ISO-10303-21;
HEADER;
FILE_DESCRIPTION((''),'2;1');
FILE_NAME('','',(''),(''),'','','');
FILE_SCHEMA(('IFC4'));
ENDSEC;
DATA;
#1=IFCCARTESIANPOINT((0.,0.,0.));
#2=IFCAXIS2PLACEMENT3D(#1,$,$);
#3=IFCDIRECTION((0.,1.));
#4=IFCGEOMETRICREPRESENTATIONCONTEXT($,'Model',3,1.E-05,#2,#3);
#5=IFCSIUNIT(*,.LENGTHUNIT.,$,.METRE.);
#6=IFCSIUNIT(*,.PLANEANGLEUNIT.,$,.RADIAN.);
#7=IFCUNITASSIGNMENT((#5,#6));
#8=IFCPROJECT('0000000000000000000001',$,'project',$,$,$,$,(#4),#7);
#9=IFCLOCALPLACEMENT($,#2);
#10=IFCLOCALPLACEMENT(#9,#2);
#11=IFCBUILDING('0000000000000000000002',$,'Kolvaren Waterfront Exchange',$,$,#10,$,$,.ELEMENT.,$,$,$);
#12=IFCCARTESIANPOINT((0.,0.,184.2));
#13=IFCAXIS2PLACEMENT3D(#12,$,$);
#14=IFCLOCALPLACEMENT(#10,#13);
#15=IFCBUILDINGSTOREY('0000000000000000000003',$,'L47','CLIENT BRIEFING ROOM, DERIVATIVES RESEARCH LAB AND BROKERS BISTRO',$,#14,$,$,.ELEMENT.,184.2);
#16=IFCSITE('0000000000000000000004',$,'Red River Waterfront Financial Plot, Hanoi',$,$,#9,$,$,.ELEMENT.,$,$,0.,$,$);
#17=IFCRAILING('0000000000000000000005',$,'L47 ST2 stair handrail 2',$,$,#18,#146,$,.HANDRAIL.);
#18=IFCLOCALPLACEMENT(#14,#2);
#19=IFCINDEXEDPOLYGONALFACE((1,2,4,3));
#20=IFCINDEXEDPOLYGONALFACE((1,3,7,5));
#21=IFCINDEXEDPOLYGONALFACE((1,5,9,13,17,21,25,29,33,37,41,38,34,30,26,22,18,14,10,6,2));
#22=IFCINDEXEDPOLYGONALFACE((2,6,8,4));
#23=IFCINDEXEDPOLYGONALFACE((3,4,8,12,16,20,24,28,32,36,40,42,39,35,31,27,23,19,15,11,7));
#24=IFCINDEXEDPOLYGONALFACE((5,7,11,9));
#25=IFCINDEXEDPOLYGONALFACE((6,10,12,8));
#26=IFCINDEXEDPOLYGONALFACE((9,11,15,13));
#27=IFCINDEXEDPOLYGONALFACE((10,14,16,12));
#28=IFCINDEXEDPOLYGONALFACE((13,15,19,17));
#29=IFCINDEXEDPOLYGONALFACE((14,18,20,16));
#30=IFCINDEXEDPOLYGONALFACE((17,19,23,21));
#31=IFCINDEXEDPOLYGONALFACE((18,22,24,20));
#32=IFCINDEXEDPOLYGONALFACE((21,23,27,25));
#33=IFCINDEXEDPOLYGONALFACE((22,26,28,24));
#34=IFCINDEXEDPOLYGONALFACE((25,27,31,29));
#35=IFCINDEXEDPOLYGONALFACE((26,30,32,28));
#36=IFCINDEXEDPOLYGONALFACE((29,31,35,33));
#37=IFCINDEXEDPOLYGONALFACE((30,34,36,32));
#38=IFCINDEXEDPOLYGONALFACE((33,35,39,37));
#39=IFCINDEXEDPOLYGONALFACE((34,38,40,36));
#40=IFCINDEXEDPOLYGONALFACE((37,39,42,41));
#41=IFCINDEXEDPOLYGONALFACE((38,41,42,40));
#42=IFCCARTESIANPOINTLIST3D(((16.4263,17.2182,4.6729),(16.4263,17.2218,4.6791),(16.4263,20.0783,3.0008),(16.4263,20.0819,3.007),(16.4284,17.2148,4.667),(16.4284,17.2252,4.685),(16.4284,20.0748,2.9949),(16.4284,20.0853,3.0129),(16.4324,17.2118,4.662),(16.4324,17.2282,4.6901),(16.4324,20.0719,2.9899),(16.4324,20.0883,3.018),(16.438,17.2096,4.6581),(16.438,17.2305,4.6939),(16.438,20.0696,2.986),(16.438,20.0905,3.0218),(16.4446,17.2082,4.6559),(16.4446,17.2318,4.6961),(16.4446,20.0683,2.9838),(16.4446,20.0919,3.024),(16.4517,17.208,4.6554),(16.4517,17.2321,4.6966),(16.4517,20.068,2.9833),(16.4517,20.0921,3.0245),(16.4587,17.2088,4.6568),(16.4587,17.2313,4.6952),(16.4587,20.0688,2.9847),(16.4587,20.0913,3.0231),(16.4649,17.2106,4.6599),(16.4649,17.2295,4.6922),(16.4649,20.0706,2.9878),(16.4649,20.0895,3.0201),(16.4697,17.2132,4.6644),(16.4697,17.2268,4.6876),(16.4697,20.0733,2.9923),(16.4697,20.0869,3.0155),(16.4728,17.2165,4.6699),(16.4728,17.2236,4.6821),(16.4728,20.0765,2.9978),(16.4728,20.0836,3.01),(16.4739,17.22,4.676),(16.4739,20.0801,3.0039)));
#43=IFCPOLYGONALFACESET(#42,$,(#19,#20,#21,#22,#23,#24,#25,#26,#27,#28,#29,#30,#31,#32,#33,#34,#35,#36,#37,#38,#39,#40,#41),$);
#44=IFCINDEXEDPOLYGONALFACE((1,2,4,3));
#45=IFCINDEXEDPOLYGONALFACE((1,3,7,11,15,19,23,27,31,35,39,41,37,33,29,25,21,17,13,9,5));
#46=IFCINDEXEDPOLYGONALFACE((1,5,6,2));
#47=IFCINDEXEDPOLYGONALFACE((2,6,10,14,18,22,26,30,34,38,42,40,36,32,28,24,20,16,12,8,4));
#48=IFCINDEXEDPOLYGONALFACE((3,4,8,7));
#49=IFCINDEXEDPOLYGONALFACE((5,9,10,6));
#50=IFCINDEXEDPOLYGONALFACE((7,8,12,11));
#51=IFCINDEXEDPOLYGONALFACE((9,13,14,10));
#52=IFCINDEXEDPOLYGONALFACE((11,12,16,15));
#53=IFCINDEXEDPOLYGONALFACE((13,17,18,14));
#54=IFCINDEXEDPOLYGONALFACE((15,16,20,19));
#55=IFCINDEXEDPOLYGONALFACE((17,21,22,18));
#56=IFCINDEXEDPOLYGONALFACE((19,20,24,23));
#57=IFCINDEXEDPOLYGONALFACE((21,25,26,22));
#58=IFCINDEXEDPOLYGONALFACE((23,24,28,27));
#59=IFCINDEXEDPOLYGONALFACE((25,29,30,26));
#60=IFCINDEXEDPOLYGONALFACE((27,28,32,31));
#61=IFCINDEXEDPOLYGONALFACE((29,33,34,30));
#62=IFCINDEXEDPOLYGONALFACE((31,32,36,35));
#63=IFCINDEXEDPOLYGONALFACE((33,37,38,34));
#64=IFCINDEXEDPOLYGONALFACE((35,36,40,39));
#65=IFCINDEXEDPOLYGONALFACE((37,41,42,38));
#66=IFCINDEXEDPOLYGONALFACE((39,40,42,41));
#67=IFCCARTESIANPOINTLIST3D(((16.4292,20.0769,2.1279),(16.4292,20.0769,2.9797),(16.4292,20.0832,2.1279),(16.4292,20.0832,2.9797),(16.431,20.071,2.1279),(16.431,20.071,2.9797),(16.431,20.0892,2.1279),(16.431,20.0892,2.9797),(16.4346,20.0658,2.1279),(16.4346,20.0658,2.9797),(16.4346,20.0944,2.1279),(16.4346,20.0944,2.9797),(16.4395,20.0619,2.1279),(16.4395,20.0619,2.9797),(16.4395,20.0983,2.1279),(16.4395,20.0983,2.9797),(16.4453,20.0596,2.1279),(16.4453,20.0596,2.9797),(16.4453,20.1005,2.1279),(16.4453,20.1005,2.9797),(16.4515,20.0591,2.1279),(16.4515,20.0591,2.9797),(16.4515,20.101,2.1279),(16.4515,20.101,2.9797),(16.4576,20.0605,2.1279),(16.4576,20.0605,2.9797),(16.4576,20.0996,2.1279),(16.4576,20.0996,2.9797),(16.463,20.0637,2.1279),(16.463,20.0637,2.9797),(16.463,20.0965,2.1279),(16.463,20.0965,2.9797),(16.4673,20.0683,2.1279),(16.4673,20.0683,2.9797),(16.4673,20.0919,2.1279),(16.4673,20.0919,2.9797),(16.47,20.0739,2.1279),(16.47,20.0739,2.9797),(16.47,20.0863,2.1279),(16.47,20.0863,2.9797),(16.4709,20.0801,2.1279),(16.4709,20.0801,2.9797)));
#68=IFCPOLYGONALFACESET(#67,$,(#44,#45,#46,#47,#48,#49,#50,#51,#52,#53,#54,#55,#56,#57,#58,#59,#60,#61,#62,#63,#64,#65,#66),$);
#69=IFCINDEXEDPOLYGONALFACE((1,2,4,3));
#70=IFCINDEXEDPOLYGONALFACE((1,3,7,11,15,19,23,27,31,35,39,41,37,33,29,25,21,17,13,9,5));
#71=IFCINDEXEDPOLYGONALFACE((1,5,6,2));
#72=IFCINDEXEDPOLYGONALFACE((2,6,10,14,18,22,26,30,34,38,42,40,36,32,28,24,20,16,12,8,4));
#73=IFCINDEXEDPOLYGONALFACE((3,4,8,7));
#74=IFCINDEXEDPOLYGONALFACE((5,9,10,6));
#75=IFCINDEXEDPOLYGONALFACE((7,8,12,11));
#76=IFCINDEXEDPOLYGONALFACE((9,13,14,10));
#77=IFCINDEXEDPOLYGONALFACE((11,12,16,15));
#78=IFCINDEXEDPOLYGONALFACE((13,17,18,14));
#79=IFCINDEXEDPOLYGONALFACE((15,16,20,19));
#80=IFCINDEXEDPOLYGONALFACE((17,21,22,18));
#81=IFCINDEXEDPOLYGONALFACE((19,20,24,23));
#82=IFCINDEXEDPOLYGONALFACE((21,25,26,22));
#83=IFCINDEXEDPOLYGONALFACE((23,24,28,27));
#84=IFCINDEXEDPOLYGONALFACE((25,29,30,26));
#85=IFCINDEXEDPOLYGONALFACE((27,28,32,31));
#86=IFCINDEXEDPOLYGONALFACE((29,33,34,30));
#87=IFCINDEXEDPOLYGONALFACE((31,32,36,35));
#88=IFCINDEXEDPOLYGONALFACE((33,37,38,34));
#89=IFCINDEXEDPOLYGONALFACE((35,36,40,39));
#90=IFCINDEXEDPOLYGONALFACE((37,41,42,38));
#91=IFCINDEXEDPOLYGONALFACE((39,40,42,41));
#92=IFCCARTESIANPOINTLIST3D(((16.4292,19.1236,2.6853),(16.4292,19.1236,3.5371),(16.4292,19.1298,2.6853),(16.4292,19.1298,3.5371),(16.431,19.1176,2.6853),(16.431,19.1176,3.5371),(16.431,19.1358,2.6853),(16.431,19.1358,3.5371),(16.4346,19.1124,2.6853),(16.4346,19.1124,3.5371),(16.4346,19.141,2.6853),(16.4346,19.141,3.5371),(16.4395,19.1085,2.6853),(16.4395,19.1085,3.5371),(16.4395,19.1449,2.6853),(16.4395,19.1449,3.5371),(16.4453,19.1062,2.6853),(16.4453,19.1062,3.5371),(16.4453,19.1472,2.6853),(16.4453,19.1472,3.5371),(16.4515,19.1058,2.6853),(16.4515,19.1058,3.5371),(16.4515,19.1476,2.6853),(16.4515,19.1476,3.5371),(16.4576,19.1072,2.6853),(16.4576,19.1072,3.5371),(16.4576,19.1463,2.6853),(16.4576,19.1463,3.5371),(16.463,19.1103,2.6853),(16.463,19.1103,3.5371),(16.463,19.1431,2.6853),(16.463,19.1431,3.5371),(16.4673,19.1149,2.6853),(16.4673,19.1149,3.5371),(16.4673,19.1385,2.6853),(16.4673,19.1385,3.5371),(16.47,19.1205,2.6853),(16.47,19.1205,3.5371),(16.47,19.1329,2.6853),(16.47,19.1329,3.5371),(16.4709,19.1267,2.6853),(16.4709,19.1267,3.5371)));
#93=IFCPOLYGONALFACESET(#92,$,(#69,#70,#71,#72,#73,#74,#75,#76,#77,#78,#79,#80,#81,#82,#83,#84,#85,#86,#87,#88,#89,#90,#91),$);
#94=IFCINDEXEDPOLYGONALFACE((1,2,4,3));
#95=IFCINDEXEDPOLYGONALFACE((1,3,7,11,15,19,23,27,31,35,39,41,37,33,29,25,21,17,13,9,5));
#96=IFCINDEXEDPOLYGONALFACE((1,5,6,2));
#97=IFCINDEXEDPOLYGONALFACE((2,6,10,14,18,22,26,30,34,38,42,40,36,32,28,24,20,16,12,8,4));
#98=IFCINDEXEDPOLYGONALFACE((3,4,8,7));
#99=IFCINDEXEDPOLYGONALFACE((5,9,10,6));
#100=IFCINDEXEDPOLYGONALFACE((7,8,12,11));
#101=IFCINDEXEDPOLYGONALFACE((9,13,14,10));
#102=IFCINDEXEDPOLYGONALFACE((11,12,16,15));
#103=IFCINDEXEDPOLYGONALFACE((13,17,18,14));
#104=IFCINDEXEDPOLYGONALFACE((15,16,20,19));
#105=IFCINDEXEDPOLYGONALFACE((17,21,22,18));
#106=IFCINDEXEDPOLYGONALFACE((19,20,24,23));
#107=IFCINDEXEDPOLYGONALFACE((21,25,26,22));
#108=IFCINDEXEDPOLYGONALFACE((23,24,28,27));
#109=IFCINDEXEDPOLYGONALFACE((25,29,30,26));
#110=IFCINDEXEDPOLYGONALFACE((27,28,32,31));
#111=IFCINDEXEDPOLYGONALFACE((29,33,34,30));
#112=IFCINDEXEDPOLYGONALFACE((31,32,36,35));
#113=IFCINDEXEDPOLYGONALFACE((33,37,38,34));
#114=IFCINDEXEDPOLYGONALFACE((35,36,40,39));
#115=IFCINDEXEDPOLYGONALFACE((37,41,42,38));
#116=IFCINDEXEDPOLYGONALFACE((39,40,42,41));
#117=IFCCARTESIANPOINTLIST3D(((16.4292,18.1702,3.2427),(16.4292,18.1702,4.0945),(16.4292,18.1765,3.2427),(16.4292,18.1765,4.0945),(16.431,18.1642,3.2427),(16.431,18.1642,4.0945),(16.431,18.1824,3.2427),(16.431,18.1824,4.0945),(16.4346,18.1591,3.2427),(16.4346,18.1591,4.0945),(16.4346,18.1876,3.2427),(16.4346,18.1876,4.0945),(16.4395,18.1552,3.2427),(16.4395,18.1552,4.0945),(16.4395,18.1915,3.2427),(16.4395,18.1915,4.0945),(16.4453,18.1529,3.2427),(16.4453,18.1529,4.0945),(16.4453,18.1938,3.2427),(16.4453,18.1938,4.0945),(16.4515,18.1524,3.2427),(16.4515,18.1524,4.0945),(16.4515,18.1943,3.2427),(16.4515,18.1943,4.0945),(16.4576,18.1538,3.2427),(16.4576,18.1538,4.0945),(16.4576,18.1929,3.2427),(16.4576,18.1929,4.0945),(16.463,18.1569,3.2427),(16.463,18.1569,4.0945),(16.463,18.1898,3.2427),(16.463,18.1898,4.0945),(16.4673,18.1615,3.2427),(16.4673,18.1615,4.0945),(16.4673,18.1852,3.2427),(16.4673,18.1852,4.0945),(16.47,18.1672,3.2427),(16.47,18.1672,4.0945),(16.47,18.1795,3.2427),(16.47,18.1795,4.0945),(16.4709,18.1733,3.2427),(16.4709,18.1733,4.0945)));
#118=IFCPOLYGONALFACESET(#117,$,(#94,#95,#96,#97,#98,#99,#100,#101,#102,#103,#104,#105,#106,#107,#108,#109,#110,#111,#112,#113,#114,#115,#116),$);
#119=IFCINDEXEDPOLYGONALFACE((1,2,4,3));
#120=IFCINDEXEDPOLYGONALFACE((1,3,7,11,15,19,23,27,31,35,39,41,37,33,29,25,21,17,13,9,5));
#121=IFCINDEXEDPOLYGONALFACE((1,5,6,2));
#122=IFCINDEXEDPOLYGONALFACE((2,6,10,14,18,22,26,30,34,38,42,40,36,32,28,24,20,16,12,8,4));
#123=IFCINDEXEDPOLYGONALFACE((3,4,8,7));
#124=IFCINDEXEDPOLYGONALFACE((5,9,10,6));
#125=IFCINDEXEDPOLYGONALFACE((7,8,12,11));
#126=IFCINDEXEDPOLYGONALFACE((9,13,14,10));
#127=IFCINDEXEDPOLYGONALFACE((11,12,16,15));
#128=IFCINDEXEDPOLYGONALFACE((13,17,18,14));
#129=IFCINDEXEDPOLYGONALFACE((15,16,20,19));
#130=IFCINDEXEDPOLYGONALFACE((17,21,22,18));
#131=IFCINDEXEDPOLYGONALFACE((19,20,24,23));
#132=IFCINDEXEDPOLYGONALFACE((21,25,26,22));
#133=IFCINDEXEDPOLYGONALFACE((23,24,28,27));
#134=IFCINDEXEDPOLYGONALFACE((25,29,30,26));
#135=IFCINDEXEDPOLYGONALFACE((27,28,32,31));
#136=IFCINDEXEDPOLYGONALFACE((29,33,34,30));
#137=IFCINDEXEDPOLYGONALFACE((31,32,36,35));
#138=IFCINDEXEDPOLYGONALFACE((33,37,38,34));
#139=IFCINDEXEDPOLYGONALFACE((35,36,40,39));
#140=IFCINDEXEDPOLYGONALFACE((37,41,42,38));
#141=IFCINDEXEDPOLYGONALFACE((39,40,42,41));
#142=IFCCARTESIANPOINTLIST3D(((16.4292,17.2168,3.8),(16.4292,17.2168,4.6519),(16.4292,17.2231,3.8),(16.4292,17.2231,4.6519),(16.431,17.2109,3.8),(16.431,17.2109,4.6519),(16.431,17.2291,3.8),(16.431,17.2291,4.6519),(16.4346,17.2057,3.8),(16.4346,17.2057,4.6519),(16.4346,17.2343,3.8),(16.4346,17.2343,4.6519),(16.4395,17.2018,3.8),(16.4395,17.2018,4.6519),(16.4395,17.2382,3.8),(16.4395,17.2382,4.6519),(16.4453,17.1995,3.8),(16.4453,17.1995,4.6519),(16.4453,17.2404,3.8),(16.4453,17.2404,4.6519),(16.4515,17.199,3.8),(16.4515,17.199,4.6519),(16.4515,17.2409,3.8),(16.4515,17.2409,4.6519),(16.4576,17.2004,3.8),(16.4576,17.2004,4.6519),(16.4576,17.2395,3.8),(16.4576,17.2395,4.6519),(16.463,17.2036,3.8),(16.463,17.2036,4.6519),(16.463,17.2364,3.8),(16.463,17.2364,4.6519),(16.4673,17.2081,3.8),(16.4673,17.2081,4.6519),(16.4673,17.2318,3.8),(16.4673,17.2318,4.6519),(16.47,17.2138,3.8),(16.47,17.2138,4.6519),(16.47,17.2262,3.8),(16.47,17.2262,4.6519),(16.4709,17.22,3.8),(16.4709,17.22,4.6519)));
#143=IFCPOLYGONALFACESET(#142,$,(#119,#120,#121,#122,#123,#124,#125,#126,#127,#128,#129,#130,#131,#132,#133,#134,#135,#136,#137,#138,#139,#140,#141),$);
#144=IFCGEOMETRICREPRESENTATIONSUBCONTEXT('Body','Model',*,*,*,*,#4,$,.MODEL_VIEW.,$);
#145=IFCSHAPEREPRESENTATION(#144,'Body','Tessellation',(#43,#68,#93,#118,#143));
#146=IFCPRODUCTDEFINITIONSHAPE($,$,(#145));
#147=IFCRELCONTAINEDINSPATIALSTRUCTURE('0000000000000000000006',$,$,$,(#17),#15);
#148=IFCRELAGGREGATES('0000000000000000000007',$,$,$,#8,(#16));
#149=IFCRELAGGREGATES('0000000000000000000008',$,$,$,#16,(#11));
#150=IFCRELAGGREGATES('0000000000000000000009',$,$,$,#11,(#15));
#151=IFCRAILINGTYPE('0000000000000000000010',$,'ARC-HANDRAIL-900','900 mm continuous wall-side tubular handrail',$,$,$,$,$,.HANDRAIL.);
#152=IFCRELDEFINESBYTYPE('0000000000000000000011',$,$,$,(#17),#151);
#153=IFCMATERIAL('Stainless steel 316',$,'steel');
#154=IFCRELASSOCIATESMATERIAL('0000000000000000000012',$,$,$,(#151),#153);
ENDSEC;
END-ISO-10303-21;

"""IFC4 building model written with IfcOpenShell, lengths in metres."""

from ifc_helpers import new_model, si_unit, direction, frame, origin, origin_2d, place, context, subcontext, project, spatial, circle, extrude, material, type_object, element, save


model = new_model("IFC4")

# Units and contexts
model_context = context("Model", 3, precision=1e-05, world=origin(), true_north=direction((0.0, 1.0)))
body_context = subcontext(model_context, "Body", "Model", "MODEL_VIEW")
ifc_project = project(units=[si_unit("LENGTHUNIT", "METRE"), si_unit("PLANEANGLEUNIT", "RADIAN")], contexts=[model_context])

# Site, building, storey
site_placement = place(None, origin())
site = spatial("IfcSite", under=ifc_project, at=site_placement, Name="Red River Waterfront Financial Plot, Hanoi", CompositionType="ELEMENT", RefElevation=0.0)
building_placement = place(site_placement, origin())
building = spatial("IfcBuilding", under=site, at=building_placement, Name="Kolvaren Waterfront Exchange", CompositionType="ELEMENT")
storey_placement = place(building_placement, frame((0.0, 0.0, 184.2)))
storey = spatial("IfcBuildingStorey", under=building, at=storey_placement, Name="L47", Description="CLIENT BRIEFING ROOM, DERIVATIVES RESEARCH LAB AND BROKERS BISTRO", CompositionType="ELEMENT", Elevation=184.2)

# Railing
ifc_material_1 = material(Name="Stainless steel 316", Category="steel")
railing_type_1 = type_object("IfcRailingType", Name="ARC-HANDRAIL-900", Description="900 mm continuous wall-side tubular handrail", PredefinedType="HANDRAIL", material=ifc_material_1)
railing_1_placement = place(storey_placement, frame((16.45, 20.0801, 2.1279)))
element("IfcRailing", 1, at=railing_1_placement, inside=storey, type_object=railing_type_1, Name="L47 ST2 stair handrail 2", PredefinedType="HANDRAIL", context=body_context, shape_type="SweptSolid", body=[
    extrude(circle(Radius=0.0239, at=origin_2d()), frame((0.0, 0.0, 0.876), z_axis=(0.0, -0.863289, 0.504709), x_axis=(1.0, 0.0, 0.0)), (0.0, 0.0, 1.0), 3.313),
    extrude(circle(Radius=0.021, at=origin_2d()), origin(), (0.0, 0.0, 1.0), 0.8518),
    extrude(circle(Radius=0.021, at=origin_2d()), frame((0.0, -0.9534, 0.5574)), (0.0, 0.0, 1.0), 0.8518),
    extrude(circle(Radius=0.021, at=origin_2d()), frame((0.0, -1.9067, 1.1147)), (0.0, 0.0, 1.0), 0.8518),
    extrude(circle(Radius=0.021, at=origin_2d()), frame((0.0, -2.8601, 1.6721)), (0.0, 0.0, 1.0), 0.8518),
])

save(model, "model.ifc")
